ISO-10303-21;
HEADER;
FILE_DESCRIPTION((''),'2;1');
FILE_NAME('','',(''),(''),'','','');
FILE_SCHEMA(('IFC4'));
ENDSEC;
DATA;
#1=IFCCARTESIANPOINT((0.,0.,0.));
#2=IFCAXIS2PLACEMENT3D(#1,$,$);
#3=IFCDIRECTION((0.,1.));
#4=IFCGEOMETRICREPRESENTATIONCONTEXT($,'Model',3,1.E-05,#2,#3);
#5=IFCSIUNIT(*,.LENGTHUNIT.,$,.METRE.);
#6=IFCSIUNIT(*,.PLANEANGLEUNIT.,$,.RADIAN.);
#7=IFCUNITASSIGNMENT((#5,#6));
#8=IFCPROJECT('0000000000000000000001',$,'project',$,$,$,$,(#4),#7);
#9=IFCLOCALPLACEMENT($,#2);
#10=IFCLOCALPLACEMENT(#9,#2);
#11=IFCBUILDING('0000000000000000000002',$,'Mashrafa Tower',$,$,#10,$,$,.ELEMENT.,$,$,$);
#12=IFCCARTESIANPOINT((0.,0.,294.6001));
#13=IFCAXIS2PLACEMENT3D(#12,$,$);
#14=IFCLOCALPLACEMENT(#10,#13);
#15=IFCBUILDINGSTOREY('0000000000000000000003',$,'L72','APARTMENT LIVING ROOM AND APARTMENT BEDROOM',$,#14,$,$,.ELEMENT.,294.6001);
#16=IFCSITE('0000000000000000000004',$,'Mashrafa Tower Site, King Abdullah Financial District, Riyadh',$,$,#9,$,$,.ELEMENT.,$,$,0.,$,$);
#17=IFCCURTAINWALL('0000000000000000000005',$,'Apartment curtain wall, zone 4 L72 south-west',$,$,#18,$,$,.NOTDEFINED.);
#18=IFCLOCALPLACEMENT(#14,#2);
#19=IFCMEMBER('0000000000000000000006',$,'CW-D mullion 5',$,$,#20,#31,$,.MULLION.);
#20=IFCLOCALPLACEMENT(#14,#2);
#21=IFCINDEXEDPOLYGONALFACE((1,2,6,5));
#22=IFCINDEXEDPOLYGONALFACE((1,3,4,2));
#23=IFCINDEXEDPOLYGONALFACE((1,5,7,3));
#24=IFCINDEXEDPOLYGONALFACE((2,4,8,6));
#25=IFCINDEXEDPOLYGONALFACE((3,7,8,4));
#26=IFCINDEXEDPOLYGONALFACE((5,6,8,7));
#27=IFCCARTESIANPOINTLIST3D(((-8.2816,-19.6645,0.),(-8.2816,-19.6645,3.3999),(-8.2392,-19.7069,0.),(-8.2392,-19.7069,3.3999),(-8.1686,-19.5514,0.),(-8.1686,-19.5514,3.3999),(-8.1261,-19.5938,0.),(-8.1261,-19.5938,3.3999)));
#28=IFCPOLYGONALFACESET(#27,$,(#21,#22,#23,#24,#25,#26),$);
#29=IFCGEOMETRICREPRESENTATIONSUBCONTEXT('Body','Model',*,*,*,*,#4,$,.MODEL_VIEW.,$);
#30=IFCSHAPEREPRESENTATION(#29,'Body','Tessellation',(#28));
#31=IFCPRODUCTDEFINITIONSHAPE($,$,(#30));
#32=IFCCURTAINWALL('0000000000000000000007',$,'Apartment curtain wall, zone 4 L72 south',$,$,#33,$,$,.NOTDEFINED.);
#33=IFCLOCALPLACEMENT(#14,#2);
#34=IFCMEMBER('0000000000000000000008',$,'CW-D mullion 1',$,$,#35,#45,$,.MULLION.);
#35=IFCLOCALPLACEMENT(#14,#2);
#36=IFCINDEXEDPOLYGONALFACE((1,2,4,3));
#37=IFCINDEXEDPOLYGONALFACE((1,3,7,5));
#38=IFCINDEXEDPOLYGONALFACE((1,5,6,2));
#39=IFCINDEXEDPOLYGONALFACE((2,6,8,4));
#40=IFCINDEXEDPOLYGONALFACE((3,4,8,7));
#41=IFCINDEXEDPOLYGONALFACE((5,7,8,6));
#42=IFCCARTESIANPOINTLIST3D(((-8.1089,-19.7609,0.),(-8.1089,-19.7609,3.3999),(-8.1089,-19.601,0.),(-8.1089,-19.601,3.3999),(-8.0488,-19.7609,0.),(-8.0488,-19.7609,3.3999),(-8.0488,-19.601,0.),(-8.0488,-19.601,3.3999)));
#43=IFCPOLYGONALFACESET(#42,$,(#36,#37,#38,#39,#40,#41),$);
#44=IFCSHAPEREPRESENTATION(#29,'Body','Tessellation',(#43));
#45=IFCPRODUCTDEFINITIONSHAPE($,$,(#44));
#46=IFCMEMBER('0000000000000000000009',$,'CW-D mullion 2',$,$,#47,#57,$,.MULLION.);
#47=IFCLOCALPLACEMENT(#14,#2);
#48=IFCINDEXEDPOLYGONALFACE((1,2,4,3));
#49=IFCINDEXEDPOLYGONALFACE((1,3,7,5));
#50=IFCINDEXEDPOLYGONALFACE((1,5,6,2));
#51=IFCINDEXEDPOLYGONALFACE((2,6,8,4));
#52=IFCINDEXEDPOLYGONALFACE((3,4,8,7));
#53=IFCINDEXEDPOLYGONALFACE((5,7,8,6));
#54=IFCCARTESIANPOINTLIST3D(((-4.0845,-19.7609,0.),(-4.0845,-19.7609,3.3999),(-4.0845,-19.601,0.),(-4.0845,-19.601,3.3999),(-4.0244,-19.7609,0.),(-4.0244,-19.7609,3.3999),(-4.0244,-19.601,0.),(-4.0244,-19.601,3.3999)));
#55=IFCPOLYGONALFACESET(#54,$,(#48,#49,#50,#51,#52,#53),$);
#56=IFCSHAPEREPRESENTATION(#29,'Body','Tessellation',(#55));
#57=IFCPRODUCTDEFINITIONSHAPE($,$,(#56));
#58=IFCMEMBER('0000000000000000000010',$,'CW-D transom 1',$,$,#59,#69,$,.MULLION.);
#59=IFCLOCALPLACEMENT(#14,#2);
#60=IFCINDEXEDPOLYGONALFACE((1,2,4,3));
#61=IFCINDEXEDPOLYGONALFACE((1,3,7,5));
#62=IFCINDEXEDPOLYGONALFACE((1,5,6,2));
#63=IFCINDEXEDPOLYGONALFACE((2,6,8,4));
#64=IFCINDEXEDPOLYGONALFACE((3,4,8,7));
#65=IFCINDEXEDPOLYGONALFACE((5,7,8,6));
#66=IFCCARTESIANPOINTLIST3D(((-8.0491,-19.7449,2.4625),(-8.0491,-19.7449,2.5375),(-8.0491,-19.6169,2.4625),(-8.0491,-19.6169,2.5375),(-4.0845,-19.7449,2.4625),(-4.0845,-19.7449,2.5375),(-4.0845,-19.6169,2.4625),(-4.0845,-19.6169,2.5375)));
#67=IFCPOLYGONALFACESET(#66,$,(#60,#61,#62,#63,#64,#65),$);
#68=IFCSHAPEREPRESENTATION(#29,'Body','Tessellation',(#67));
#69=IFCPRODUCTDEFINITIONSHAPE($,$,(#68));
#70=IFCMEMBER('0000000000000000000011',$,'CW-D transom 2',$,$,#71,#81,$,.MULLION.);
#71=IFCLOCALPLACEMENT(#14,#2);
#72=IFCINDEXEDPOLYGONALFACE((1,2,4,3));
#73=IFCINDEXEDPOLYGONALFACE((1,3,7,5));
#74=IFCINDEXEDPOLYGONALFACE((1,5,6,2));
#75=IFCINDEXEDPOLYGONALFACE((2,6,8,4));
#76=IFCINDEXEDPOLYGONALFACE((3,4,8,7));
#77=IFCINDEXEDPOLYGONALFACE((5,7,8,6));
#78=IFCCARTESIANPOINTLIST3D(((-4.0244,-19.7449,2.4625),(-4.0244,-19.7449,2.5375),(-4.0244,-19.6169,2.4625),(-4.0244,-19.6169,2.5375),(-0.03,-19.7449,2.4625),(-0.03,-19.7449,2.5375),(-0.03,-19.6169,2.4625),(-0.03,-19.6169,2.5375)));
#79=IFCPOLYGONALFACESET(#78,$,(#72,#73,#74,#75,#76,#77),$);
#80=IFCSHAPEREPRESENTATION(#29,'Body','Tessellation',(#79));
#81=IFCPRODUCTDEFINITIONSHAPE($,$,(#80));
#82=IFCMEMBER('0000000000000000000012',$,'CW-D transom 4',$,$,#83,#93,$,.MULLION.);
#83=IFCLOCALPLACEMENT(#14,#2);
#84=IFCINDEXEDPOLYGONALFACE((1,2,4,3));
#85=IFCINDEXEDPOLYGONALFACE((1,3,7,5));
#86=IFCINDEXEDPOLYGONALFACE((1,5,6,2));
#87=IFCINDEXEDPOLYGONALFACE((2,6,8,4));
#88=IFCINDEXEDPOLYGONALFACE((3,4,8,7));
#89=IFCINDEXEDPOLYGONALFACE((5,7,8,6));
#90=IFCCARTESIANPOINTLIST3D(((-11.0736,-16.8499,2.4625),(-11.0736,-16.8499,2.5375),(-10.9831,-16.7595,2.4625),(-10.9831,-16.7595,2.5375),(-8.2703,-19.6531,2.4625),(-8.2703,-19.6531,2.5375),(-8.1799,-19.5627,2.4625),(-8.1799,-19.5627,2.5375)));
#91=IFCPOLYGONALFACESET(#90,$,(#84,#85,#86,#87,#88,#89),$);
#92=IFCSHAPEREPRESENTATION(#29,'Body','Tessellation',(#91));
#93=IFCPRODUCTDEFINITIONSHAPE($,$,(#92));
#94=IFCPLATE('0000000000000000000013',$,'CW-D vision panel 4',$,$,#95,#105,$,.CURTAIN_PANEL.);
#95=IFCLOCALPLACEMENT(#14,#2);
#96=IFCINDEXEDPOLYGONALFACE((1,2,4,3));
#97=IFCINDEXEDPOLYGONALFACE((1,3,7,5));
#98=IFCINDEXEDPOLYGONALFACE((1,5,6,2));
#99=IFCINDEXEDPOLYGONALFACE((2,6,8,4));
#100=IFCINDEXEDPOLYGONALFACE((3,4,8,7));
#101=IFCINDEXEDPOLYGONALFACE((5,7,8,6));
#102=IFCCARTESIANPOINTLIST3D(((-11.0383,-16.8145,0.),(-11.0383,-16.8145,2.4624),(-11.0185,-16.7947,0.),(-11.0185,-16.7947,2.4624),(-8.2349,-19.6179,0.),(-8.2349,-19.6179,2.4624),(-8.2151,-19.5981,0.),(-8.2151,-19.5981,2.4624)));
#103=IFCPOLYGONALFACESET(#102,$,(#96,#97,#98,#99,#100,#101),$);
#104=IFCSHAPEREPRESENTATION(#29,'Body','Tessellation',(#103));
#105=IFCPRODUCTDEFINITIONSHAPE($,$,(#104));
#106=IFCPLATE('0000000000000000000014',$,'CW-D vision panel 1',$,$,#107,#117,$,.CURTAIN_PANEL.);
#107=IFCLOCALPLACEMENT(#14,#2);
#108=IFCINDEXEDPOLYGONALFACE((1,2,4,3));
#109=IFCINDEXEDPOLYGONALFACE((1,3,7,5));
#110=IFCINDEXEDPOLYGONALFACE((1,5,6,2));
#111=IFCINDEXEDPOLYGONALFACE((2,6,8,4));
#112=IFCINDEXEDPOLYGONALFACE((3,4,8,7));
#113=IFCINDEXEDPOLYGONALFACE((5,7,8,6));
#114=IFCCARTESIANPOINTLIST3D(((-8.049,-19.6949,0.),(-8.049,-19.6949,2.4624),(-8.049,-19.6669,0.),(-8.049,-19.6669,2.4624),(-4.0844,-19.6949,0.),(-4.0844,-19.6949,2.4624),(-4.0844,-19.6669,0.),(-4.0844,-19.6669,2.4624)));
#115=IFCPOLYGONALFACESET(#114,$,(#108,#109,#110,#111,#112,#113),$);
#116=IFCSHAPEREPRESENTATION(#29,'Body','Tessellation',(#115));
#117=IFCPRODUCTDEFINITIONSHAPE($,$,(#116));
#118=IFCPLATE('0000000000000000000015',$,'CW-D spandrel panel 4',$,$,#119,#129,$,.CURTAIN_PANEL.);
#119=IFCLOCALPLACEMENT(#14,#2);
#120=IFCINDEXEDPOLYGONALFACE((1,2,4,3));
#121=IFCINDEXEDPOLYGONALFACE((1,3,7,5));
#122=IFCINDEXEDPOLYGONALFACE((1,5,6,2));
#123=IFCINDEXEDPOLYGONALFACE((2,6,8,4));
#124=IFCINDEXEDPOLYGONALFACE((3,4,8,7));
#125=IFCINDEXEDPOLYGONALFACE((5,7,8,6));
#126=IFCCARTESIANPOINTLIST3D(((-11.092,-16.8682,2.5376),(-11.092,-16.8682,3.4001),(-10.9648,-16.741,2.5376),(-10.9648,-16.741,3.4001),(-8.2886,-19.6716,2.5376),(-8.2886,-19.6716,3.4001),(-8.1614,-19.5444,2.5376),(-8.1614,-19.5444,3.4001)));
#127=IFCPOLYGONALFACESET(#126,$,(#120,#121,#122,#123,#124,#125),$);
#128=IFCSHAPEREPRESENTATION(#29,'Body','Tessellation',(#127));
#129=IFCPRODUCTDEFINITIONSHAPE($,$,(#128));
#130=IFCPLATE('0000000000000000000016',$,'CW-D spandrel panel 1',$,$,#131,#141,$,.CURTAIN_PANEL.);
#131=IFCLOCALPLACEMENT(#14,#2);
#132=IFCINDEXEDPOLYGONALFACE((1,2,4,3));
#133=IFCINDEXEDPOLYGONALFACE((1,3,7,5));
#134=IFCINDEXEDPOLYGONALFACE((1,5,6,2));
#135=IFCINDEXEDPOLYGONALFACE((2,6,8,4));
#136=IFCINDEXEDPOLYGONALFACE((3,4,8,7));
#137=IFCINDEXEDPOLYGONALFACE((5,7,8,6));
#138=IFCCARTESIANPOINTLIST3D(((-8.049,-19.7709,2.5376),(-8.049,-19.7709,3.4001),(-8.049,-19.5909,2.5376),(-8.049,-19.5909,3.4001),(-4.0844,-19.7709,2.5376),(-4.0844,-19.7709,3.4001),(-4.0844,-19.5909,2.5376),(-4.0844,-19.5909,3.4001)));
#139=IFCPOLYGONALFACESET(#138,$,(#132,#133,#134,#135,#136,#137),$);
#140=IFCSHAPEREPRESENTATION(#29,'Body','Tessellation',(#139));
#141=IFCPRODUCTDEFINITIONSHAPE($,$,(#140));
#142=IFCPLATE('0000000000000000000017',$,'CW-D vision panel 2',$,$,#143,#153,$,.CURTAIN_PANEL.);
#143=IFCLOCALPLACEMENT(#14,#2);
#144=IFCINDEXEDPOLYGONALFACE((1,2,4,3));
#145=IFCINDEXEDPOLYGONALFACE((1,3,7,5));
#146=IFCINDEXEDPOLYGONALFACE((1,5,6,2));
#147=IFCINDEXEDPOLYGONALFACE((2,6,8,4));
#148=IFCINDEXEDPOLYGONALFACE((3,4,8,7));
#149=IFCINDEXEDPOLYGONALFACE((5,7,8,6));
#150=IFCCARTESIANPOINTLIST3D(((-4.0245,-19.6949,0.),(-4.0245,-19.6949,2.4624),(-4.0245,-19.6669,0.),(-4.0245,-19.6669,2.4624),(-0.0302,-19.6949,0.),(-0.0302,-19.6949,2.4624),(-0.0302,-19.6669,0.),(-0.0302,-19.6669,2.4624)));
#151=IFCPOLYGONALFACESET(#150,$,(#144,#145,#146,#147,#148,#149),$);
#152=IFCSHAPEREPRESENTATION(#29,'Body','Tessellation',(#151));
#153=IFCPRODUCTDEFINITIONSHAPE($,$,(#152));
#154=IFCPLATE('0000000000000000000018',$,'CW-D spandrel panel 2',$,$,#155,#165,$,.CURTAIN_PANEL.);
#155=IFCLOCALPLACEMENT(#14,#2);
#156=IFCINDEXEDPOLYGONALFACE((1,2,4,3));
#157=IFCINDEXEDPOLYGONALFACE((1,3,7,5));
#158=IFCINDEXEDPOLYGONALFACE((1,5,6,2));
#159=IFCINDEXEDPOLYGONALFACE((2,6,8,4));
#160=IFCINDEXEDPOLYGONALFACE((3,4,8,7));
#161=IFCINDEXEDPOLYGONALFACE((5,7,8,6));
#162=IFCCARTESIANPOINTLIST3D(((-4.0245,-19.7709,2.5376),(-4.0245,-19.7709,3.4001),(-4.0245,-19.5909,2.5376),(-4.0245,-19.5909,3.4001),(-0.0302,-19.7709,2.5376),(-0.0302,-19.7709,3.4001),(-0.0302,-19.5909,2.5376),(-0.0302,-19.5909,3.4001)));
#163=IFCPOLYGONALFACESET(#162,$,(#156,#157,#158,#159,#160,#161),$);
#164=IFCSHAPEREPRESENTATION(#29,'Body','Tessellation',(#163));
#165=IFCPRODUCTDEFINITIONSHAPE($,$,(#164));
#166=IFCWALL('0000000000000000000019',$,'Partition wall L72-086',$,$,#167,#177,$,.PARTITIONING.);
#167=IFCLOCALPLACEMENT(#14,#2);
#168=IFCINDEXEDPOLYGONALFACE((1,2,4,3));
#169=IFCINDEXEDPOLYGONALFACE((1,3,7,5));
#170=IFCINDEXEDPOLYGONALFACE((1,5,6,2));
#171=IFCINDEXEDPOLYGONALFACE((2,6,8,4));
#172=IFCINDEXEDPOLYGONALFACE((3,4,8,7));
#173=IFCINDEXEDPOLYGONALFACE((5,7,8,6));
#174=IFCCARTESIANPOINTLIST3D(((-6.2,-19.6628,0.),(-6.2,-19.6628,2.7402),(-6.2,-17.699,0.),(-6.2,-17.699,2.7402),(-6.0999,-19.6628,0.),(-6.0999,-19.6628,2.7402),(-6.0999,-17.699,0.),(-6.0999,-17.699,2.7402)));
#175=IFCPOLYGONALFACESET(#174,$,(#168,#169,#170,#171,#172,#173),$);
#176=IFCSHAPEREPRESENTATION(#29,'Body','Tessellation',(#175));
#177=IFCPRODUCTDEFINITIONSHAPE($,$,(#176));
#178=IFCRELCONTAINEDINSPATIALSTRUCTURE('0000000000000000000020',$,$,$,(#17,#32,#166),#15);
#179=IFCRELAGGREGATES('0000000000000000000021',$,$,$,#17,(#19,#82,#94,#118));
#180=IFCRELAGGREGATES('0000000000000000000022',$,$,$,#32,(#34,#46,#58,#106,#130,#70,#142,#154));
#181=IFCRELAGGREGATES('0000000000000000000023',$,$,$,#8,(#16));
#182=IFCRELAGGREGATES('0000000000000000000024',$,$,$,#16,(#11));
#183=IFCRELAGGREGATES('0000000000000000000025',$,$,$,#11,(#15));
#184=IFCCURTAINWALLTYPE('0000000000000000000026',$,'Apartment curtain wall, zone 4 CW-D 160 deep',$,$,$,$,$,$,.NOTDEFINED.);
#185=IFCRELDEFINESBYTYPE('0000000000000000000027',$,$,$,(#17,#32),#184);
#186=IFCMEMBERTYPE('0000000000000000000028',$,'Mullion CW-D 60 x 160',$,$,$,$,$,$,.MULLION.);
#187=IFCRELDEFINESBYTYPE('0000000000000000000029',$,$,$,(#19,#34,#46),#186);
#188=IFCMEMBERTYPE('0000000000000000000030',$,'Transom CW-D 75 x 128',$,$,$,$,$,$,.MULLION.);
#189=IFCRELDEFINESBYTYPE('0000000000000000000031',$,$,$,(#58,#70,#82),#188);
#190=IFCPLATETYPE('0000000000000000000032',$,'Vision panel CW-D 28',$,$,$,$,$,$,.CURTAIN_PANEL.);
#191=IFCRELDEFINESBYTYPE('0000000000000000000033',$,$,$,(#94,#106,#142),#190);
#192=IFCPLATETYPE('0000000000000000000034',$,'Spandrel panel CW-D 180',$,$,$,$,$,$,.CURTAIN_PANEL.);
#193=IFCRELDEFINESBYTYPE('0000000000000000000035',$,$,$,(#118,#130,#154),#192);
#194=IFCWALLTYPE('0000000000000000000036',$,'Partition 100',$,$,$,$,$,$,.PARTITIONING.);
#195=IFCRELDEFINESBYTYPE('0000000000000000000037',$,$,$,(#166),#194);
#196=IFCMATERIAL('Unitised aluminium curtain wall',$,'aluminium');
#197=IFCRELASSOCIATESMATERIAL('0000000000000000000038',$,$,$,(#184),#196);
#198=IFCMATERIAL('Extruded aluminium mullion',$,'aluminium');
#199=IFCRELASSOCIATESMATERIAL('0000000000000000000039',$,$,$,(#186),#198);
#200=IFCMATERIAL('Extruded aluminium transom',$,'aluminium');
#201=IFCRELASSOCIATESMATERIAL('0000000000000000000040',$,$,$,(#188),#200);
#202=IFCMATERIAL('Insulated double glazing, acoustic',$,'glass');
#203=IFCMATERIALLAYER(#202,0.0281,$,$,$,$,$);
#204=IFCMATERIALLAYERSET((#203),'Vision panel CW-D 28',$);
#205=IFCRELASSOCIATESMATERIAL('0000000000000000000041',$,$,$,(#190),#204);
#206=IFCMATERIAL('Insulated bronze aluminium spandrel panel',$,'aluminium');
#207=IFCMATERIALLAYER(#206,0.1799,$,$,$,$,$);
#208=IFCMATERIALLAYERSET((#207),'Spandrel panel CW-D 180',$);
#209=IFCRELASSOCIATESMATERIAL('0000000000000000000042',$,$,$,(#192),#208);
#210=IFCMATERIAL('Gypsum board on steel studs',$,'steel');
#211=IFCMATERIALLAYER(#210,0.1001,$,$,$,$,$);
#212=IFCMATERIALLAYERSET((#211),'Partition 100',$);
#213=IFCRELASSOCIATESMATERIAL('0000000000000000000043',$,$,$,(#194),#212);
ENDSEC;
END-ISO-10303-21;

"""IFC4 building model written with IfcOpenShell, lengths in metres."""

from ifc_helpers import new_model, si_unit, direction, frame, frame_2d, origin, origin_2d, place, context, subcontext, project, spatial, rectangle, extrude, source, transform, mapped, material, layer, layer_set, material_profile, profile_set, type_object, type_shapes, element, aggregate, save


model = new_model("IFC4")

# Units and contexts
model_context = context("Model", 3, precision=1e-05, world=origin(), true_north=direction((0.0, 1.0)))
body_context = subcontext(model_context, "Body", "Model", "MODEL_VIEW")
ifc_project = project(units=[si_unit("LENGTHUNIT", "METRE"), si_unit("PLANEANGLEUNIT", "RADIAN")], contexts=[model_context])

# Site, building, storey
site_placement = place(None, origin())
site = spatial("IfcSite", under=ifc_project, at=site_placement, Name="Mashrafa Tower Site, King Abdullah Financial District, Riyadh", CompositionType="ELEMENT", RefElevation=0.0)
building_placement = place(site_placement, origin())
building = spatial("IfcBuilding", under=site, at=building_placement, Name="Mashrafa Tower", CompositionType="ELEMENT")
storey_placement = place(building_placement, frame((0.0, 0.0, 294.6001)))
storey = spatial("IfcBuildingStorey", under=building, at=storey_placement, Name="L72", Description="APARTMENT LIVING ROOM AND APARTMENT BEDROOM", CompositionType="ELEMENT", Elevation=294.6001)

# Curtain wall, member
ifc_material_1 = material(Name="Unitised aluminium curtain wall", Category="aluminium")
curtain_wall_type = type_object("IfcCurtainWallType", Name="Apartment curtain wall, zone 4 CW-D 160 deep", PredefinedType="NOTDEFINED", material=ifc_material_1)
curtain_wall_1_placement = place(storey_placement, origin())
curtain_wall_1 = element("IfcCurtainWall", 1, at=curtain_wall_1_placement, inside=storey, type_object=curtain_wall_type, Name="Apartment curtain wall, zone 4 L72 south-west", PredefinedType="NOTDEFINED")
ifc_material_2 = material(Name="Extruded aluminium mullion", Category="aluminium")
ifc_material_profile_1 = material_profile(ifc_material_2, rectangle(XDim=0.1599, YDim=0.0601, at=origin_2d()), Name="Mullion 60x160")
ifc_profile_set_1 = profile_set([ifc_material_profile_1], Name="Extruded aluminium mullion")
member_type_1 = type_object("IfcMemberType", Name="Mullion CW-D 60 x 160", PredefinedType="MULLION", material=ifc_profile_set_1)
shared_shape_1 = source(origin(), body_context, "Body", "SweptSolid", [
    extrude(rectangle(XDim=0.1599, YDim=0.0601, at=origin_2d()), origin(), (0.0, 0.0, 1.0), 3.3999),
])
type_shapes(member_type_1, [shared_shape_1])
member_1_placement = place(storey_placement, frame((-8.2039, -19.6292, 0.0), z_axis=(0.0, 0.0, 1.0), x_axis=(0.707107, 0.707107, 0.0)))
member_1 = element("IfcMember", 2, at=member_1_placement, type_object=member_type_1, Name="CW-D mullion 5", PredefinedType="MULLION", context=body_context, shape_type="MappedRepresentation", body=[
    mapped(shared_shape_1, transform((0.0, 0.0, 0.0))),
])

# Curtain wall, members
curtain_wall_2_placement = place(storey_placement, origin())
curtain_wall_2 = element("IfcCurtainWall", 3, at=curtain_wall_2_placement, inside=storey, type_object=curtain_wall_type, Name="Apartment curtain wall, zone 4 L72 south", PredefinedType="NOTDEFINED")
member_2_placement = place(storey_placement, frame((-8.0789, -19.6809, 0.0), z_axis=(0.0, 0.0, 1.0), x_axis=(0.0, 1.0, 0.0)))
member_2 = element("IfcMember", 4, at=member_2_placement, type_object=member_type_1, Name="CW-D mullion 1", PredefinedType="MULLION", context=body_context, shape_type="MappedRepresentation", body=[
    mapped(shared_shape_1, transform((0.0, 0.0, 0.0))),
])
member_3_placement = place(storey_placement, frame((-4.0544, -19.6809, 0.0), z_axis=(0.0, 0.0, 1.0), x_axis=(0.0, 1.0, 0.0)))
member_3 = element("IfcMember", 5, at=member_3_placement, type_object=member_type_1, Name="CW-D mullion 2", PredefinedType="MULLION", context=body_context, shape_type="MappedRepresentation", body=[
    mapped(shared_shape_1, transform((0.0, 0.0, 0.0))),
])
ifc_material_3 = material(Name="Extruded aluminium transom", Category="aluminium")
ifc_material_profile_2 = material_profile(ifc_material_3, rectangle(XDim=0.1279, YDim=0.075, at=origin_2d()), Name="Transom 75x128")
ifc_profile_set_2 = profile_set([ifc_material_profile_2], Name="Extruded aluminium transom")
member_type_2 = type_object("IfcMemberType", Name="Transom CW-D 75 x 128", PredefinedType="MULLION", material=ifc_profile_set_2)
shared_shape_2 = source(origin(), body_context, "Body", "SweptSolid", [
    extrude(rectangle(XDim=0.1279, YDim=0.075, at=origin_2d()), origin(), (0.0, 0.0, 1.0), 3.9646),
])
member_4_placement = place(storey_placement, frame((-8.0491, -19.6809, 2.5), z_axis=(1.0, 0.0, 0.0), x_axis=(0.0, 1.0, 0.0)))
member_4 = element("IfcMember", 6, at=member_4_placement, type_object=member_type_2, Name="CW-D transom 1", PredefinedType="MULLION", context=body_context, shape_type="MappedRepresentation", body=[
    mapped(shared_shape_2, transform((0.0, 0.0, 0.0))),
])
shared_shape_3 = source(origin(), body_context, "Body", "SweptSolid", [
    extrude(rectangle(XDim=0.1279, YDim=0.075, at=origin_2d()), origin(), (0.0, 0.0, 1.0), 3.9944),
])
member_5_placement = place(storey_placement, frame((-4.0244, -19.6809, 2.5), z_axis=(1.0, 0.0, 0.0), x_axis=(0.0, 1.0, 0.0)))
member_5 = element("IfcMember", 7, at=member_5_placement, type_object=member_type_2, Name="CW-D transom 2", PredefinedType="MULLION", context=body_context, shape_type="MappedRepresentation", body=[
    mapped(shared_shape_3, transform((0.0, 0.0, 0.0))),
])

# Member
shared_shape_4 = source(origin(), body_context, "Body", "SweptSolid", [
    extrude(rectangle(XDim=0.1279, YDim=0.075, at=origin_2d()), origin(), (0.0, 0.0, 1.0), 3.9644),
])
type_shapes(member_type_2, [shared_shape_2, shared_shape_3, shared_shape_4])
member_6_placement = place(storey_placement, frame((-11.0283, -16.8047, 2.5), z_axis=(0.707107, -0.707107, 0.0), x_axis=(0.707107, 0.707107, 0.0)))
member_6 = element("IfcMember", 8, at=member_6_placement, type_object=member_type_2, Name="CW-D transom 4", PredefinedType="MULLION", context=body_context, shape_type="MappedRepresentation", body=[
    mapped(shared_shape_4, transform((0.0, 0.0, 0.0))),
])

# Plates
ifc_material_4 = material(Name="Insulated double glazing, acoustic", Category="glass")
ifc_layer_1 = layer(ifc_material_4, 0.0281)
ifc_layer_set_1 = layer_set([ifc_layer_1], Name="Vision panel CW-D 28")
plate_type_1 = type_object("IfcPlateType", Name="Vision panel CW-D 28", PredefinedType="CURTAIN_PANEL", material=ifc_layer_set_1)
shared_shape_5 = source(origin(), body_context, "Body", "SweptSolid", [
    extrude(rectangle(XDim=3.9646, YDim=0.0281, at=origin_2d()), origin(), (0.0, 0.0, 1.0), 2.4624),
])
plate_1_placement = place(storey_placement, frame((-9.6267, -18.2063, 0.0), z_axis=(0.0, 0.0, 1.0), x_axis=(0.707107, -0.707107, 0.0)))
plate_1 = element("IfcPlate", 9, at=plate_1_placement, type_object=plate_type_1, Name="CW-D vision panel 4", PredefinedType="CURTAIN_PANEL", context=body_context, shape_type="MappedRepresentation", body=[
    mapped(shared_shape_5, transform((0.0, 0.0, 0.0))),
])
plate_2_placement = place(storey_placement, frame((-6.0667, -19.6809, 0.0), z_axis=(0.0, 0.0, 1.0), x_axis=(1.0, 0.0, 0.0)))
plate_2 = element("IfcPlate", 10, at=plate_2_placement, type_object=plate_type_1, Name="CW-D vision panel 1", PredefinedType="CURTAIN_PANEL", context=body_context, shape_type="MappedRepresentation", body=[
    mapped(shared_shape_5, transform((0.0, 0.0, 0.0))),
])
ifc_material_5 = material(Name="Insulated bronze aluminium spandrel panel", Category="aluminium")
ifc_layer_2 = layer(ifc_material_5, 0.1799)
ifc_layer_set_2 = layer_set([ifc_layer_2], Name="Spandrel panel CW-D 180")
plate_type_2 = type_object("IfcPlateType", Name="Spandrel panel CW-D 180", PredefinedType="CURTAIN_PANEL", material=ifc_layer_set_2)
shared_shape_6 = source(origin(), body_context, "Body", "SweptSolid", [
    extrude(rectangle(XDim=3.9646, YDim=0.1799, at=origin_2d()), origin(), (0.0, 0.0, 1.0), 0.8625),
])
plate_3_placement = place(storey_placement, frame((-9.6267, -18.2063, 2.5376), z_axis=(0.0, 0.0, 1.0), x_axis=(0.707107, -0.707107, 0.0)))
plate_3 = element("IfcPlate", 11, at=plate_3_placement, type_object=plate_type_2, Name="CW-D spandrel panel 4", PredefinedType="CURTAIN_PANEL", context=body_context, shape_type="MappedRepresentation", body=[
    mapped(shared_shape_6, transform((0.0, 0.0, 0.0))),
])
aggregate(curtain_wall_1, [member_1, member_6, plate_1, plate_3])
plate_4_placement = place(storey_placement, frame((-6.0667, -19.6809, 2.5376), z_axis=(0.0, 0.0, 1.0), x_axis=(1.0, 0.0, 0.0)))
plate_4 = element("IfcPlate", 12, at=plate_4_placement, type_object=plate_type_2, Name="CW-D spandrel panel 1", PredefinedType="CURTAIN_PANEL", context=body_context, shape_type="MappedRepresentation", body=[
    mapped(shared_shape_6, transform((0.0, 0.0, 0.0))),
])
shared_shape_7 = source(origin(), body_context, "Body", "SweptSolid", [
    extrude(rectangle(XDim=3.9944, YDim=0.0281, at=origin_2d()), origin(), (0.0, 0.0, 1.0), 2.4624),
])
type_shapes(plate_type_1, [shared_shape_5, shared_shape_7])
plate_5_placement = place(storey_placement, frame((-2.0273, -19.6809, 0.0), z_axis=(0.0, 0.0, 1.0), x_axis=(1.0, 0.0, 0.0)))
plate_5 = element("IfcPlate", 13, at=plate_5_placement, type_object=plate_type_1, Name="CW-D vision panel 2", PredefinedType="CURTAIN_PANEL", context=body_context, shape_type="MappedRepresentation", body=[
    mapped(shared_shape_7, transform((0.0, 0.0, 0.0))),
])
shared_shape_8 = source(origin(), body_context, "Body", "SweptSolid", [
    extrude(rectangle(XDim=3.9944, YDim=0.1799, at=origin_2d()), origin(), (0.0, 0.0, 1.0), 0.8625),
])
type_shapes(plate_type_2, [shared_shape_6, shared_shape_8])
plate_6_placement = place(storey_placement, frame((-2.0273, -19.6809, 2.5376), z_axis=(0.0, 0.0, 1.0), x_axis=(1.0, 0.0, 0.0)))
plate_6 = element("IfcPlate", 14, at=plate_6_placement, type_object=plate_type_2, Name="CW-D spandrel panel 2", PredefinedType="CURTAIN_PANEL", context=body_context, shape_type="MappedRepresentation", body=[
    mapped(shared_shape_8, transform((0.0, 0.0, 0.0))),
])
aggregate(curtain_wall_2, [member_2, member_3, member_4, plate_2, plate_4, member_5, plate_5, plate_6])

# Wall
ifc_material_6 = material(Name="Gypsum board on steel studs", Category="steel")
ifc_layer_3 = layer(ifc_material_6, 0.1001)
ifc_layer_set_3 = layer_set([ifc_layer_3], Name="Partition 100")
wall_type = type_object("IfcWallType", Name="Partition 100", PredefinedType="PARTITIONING", material=ifc_layer_set_3)
wall_1_placement = place(storey_placement, frame((-6.1499, -17.699, 0.0), z_axis=(0.0, 0.0, 1.0), x_axis=(0.0, -1.0, 0.0)))
element("IfcWall", 15, at=wall_1_placement, inside=storey, type_object=wall_type, Name="Partition wall L72-086", PredefinedType="PARTITIONING", context=body_context, shape_type="SweptSolid", body=[
    extrude(rectangle(XDim=1.9639, YDim=0.1001, at=frame_2d((0.9819, 0.0))), origin(), (0.0, 0.0, 1.0), 2.7402),
])

save(model, "model.ifc")
